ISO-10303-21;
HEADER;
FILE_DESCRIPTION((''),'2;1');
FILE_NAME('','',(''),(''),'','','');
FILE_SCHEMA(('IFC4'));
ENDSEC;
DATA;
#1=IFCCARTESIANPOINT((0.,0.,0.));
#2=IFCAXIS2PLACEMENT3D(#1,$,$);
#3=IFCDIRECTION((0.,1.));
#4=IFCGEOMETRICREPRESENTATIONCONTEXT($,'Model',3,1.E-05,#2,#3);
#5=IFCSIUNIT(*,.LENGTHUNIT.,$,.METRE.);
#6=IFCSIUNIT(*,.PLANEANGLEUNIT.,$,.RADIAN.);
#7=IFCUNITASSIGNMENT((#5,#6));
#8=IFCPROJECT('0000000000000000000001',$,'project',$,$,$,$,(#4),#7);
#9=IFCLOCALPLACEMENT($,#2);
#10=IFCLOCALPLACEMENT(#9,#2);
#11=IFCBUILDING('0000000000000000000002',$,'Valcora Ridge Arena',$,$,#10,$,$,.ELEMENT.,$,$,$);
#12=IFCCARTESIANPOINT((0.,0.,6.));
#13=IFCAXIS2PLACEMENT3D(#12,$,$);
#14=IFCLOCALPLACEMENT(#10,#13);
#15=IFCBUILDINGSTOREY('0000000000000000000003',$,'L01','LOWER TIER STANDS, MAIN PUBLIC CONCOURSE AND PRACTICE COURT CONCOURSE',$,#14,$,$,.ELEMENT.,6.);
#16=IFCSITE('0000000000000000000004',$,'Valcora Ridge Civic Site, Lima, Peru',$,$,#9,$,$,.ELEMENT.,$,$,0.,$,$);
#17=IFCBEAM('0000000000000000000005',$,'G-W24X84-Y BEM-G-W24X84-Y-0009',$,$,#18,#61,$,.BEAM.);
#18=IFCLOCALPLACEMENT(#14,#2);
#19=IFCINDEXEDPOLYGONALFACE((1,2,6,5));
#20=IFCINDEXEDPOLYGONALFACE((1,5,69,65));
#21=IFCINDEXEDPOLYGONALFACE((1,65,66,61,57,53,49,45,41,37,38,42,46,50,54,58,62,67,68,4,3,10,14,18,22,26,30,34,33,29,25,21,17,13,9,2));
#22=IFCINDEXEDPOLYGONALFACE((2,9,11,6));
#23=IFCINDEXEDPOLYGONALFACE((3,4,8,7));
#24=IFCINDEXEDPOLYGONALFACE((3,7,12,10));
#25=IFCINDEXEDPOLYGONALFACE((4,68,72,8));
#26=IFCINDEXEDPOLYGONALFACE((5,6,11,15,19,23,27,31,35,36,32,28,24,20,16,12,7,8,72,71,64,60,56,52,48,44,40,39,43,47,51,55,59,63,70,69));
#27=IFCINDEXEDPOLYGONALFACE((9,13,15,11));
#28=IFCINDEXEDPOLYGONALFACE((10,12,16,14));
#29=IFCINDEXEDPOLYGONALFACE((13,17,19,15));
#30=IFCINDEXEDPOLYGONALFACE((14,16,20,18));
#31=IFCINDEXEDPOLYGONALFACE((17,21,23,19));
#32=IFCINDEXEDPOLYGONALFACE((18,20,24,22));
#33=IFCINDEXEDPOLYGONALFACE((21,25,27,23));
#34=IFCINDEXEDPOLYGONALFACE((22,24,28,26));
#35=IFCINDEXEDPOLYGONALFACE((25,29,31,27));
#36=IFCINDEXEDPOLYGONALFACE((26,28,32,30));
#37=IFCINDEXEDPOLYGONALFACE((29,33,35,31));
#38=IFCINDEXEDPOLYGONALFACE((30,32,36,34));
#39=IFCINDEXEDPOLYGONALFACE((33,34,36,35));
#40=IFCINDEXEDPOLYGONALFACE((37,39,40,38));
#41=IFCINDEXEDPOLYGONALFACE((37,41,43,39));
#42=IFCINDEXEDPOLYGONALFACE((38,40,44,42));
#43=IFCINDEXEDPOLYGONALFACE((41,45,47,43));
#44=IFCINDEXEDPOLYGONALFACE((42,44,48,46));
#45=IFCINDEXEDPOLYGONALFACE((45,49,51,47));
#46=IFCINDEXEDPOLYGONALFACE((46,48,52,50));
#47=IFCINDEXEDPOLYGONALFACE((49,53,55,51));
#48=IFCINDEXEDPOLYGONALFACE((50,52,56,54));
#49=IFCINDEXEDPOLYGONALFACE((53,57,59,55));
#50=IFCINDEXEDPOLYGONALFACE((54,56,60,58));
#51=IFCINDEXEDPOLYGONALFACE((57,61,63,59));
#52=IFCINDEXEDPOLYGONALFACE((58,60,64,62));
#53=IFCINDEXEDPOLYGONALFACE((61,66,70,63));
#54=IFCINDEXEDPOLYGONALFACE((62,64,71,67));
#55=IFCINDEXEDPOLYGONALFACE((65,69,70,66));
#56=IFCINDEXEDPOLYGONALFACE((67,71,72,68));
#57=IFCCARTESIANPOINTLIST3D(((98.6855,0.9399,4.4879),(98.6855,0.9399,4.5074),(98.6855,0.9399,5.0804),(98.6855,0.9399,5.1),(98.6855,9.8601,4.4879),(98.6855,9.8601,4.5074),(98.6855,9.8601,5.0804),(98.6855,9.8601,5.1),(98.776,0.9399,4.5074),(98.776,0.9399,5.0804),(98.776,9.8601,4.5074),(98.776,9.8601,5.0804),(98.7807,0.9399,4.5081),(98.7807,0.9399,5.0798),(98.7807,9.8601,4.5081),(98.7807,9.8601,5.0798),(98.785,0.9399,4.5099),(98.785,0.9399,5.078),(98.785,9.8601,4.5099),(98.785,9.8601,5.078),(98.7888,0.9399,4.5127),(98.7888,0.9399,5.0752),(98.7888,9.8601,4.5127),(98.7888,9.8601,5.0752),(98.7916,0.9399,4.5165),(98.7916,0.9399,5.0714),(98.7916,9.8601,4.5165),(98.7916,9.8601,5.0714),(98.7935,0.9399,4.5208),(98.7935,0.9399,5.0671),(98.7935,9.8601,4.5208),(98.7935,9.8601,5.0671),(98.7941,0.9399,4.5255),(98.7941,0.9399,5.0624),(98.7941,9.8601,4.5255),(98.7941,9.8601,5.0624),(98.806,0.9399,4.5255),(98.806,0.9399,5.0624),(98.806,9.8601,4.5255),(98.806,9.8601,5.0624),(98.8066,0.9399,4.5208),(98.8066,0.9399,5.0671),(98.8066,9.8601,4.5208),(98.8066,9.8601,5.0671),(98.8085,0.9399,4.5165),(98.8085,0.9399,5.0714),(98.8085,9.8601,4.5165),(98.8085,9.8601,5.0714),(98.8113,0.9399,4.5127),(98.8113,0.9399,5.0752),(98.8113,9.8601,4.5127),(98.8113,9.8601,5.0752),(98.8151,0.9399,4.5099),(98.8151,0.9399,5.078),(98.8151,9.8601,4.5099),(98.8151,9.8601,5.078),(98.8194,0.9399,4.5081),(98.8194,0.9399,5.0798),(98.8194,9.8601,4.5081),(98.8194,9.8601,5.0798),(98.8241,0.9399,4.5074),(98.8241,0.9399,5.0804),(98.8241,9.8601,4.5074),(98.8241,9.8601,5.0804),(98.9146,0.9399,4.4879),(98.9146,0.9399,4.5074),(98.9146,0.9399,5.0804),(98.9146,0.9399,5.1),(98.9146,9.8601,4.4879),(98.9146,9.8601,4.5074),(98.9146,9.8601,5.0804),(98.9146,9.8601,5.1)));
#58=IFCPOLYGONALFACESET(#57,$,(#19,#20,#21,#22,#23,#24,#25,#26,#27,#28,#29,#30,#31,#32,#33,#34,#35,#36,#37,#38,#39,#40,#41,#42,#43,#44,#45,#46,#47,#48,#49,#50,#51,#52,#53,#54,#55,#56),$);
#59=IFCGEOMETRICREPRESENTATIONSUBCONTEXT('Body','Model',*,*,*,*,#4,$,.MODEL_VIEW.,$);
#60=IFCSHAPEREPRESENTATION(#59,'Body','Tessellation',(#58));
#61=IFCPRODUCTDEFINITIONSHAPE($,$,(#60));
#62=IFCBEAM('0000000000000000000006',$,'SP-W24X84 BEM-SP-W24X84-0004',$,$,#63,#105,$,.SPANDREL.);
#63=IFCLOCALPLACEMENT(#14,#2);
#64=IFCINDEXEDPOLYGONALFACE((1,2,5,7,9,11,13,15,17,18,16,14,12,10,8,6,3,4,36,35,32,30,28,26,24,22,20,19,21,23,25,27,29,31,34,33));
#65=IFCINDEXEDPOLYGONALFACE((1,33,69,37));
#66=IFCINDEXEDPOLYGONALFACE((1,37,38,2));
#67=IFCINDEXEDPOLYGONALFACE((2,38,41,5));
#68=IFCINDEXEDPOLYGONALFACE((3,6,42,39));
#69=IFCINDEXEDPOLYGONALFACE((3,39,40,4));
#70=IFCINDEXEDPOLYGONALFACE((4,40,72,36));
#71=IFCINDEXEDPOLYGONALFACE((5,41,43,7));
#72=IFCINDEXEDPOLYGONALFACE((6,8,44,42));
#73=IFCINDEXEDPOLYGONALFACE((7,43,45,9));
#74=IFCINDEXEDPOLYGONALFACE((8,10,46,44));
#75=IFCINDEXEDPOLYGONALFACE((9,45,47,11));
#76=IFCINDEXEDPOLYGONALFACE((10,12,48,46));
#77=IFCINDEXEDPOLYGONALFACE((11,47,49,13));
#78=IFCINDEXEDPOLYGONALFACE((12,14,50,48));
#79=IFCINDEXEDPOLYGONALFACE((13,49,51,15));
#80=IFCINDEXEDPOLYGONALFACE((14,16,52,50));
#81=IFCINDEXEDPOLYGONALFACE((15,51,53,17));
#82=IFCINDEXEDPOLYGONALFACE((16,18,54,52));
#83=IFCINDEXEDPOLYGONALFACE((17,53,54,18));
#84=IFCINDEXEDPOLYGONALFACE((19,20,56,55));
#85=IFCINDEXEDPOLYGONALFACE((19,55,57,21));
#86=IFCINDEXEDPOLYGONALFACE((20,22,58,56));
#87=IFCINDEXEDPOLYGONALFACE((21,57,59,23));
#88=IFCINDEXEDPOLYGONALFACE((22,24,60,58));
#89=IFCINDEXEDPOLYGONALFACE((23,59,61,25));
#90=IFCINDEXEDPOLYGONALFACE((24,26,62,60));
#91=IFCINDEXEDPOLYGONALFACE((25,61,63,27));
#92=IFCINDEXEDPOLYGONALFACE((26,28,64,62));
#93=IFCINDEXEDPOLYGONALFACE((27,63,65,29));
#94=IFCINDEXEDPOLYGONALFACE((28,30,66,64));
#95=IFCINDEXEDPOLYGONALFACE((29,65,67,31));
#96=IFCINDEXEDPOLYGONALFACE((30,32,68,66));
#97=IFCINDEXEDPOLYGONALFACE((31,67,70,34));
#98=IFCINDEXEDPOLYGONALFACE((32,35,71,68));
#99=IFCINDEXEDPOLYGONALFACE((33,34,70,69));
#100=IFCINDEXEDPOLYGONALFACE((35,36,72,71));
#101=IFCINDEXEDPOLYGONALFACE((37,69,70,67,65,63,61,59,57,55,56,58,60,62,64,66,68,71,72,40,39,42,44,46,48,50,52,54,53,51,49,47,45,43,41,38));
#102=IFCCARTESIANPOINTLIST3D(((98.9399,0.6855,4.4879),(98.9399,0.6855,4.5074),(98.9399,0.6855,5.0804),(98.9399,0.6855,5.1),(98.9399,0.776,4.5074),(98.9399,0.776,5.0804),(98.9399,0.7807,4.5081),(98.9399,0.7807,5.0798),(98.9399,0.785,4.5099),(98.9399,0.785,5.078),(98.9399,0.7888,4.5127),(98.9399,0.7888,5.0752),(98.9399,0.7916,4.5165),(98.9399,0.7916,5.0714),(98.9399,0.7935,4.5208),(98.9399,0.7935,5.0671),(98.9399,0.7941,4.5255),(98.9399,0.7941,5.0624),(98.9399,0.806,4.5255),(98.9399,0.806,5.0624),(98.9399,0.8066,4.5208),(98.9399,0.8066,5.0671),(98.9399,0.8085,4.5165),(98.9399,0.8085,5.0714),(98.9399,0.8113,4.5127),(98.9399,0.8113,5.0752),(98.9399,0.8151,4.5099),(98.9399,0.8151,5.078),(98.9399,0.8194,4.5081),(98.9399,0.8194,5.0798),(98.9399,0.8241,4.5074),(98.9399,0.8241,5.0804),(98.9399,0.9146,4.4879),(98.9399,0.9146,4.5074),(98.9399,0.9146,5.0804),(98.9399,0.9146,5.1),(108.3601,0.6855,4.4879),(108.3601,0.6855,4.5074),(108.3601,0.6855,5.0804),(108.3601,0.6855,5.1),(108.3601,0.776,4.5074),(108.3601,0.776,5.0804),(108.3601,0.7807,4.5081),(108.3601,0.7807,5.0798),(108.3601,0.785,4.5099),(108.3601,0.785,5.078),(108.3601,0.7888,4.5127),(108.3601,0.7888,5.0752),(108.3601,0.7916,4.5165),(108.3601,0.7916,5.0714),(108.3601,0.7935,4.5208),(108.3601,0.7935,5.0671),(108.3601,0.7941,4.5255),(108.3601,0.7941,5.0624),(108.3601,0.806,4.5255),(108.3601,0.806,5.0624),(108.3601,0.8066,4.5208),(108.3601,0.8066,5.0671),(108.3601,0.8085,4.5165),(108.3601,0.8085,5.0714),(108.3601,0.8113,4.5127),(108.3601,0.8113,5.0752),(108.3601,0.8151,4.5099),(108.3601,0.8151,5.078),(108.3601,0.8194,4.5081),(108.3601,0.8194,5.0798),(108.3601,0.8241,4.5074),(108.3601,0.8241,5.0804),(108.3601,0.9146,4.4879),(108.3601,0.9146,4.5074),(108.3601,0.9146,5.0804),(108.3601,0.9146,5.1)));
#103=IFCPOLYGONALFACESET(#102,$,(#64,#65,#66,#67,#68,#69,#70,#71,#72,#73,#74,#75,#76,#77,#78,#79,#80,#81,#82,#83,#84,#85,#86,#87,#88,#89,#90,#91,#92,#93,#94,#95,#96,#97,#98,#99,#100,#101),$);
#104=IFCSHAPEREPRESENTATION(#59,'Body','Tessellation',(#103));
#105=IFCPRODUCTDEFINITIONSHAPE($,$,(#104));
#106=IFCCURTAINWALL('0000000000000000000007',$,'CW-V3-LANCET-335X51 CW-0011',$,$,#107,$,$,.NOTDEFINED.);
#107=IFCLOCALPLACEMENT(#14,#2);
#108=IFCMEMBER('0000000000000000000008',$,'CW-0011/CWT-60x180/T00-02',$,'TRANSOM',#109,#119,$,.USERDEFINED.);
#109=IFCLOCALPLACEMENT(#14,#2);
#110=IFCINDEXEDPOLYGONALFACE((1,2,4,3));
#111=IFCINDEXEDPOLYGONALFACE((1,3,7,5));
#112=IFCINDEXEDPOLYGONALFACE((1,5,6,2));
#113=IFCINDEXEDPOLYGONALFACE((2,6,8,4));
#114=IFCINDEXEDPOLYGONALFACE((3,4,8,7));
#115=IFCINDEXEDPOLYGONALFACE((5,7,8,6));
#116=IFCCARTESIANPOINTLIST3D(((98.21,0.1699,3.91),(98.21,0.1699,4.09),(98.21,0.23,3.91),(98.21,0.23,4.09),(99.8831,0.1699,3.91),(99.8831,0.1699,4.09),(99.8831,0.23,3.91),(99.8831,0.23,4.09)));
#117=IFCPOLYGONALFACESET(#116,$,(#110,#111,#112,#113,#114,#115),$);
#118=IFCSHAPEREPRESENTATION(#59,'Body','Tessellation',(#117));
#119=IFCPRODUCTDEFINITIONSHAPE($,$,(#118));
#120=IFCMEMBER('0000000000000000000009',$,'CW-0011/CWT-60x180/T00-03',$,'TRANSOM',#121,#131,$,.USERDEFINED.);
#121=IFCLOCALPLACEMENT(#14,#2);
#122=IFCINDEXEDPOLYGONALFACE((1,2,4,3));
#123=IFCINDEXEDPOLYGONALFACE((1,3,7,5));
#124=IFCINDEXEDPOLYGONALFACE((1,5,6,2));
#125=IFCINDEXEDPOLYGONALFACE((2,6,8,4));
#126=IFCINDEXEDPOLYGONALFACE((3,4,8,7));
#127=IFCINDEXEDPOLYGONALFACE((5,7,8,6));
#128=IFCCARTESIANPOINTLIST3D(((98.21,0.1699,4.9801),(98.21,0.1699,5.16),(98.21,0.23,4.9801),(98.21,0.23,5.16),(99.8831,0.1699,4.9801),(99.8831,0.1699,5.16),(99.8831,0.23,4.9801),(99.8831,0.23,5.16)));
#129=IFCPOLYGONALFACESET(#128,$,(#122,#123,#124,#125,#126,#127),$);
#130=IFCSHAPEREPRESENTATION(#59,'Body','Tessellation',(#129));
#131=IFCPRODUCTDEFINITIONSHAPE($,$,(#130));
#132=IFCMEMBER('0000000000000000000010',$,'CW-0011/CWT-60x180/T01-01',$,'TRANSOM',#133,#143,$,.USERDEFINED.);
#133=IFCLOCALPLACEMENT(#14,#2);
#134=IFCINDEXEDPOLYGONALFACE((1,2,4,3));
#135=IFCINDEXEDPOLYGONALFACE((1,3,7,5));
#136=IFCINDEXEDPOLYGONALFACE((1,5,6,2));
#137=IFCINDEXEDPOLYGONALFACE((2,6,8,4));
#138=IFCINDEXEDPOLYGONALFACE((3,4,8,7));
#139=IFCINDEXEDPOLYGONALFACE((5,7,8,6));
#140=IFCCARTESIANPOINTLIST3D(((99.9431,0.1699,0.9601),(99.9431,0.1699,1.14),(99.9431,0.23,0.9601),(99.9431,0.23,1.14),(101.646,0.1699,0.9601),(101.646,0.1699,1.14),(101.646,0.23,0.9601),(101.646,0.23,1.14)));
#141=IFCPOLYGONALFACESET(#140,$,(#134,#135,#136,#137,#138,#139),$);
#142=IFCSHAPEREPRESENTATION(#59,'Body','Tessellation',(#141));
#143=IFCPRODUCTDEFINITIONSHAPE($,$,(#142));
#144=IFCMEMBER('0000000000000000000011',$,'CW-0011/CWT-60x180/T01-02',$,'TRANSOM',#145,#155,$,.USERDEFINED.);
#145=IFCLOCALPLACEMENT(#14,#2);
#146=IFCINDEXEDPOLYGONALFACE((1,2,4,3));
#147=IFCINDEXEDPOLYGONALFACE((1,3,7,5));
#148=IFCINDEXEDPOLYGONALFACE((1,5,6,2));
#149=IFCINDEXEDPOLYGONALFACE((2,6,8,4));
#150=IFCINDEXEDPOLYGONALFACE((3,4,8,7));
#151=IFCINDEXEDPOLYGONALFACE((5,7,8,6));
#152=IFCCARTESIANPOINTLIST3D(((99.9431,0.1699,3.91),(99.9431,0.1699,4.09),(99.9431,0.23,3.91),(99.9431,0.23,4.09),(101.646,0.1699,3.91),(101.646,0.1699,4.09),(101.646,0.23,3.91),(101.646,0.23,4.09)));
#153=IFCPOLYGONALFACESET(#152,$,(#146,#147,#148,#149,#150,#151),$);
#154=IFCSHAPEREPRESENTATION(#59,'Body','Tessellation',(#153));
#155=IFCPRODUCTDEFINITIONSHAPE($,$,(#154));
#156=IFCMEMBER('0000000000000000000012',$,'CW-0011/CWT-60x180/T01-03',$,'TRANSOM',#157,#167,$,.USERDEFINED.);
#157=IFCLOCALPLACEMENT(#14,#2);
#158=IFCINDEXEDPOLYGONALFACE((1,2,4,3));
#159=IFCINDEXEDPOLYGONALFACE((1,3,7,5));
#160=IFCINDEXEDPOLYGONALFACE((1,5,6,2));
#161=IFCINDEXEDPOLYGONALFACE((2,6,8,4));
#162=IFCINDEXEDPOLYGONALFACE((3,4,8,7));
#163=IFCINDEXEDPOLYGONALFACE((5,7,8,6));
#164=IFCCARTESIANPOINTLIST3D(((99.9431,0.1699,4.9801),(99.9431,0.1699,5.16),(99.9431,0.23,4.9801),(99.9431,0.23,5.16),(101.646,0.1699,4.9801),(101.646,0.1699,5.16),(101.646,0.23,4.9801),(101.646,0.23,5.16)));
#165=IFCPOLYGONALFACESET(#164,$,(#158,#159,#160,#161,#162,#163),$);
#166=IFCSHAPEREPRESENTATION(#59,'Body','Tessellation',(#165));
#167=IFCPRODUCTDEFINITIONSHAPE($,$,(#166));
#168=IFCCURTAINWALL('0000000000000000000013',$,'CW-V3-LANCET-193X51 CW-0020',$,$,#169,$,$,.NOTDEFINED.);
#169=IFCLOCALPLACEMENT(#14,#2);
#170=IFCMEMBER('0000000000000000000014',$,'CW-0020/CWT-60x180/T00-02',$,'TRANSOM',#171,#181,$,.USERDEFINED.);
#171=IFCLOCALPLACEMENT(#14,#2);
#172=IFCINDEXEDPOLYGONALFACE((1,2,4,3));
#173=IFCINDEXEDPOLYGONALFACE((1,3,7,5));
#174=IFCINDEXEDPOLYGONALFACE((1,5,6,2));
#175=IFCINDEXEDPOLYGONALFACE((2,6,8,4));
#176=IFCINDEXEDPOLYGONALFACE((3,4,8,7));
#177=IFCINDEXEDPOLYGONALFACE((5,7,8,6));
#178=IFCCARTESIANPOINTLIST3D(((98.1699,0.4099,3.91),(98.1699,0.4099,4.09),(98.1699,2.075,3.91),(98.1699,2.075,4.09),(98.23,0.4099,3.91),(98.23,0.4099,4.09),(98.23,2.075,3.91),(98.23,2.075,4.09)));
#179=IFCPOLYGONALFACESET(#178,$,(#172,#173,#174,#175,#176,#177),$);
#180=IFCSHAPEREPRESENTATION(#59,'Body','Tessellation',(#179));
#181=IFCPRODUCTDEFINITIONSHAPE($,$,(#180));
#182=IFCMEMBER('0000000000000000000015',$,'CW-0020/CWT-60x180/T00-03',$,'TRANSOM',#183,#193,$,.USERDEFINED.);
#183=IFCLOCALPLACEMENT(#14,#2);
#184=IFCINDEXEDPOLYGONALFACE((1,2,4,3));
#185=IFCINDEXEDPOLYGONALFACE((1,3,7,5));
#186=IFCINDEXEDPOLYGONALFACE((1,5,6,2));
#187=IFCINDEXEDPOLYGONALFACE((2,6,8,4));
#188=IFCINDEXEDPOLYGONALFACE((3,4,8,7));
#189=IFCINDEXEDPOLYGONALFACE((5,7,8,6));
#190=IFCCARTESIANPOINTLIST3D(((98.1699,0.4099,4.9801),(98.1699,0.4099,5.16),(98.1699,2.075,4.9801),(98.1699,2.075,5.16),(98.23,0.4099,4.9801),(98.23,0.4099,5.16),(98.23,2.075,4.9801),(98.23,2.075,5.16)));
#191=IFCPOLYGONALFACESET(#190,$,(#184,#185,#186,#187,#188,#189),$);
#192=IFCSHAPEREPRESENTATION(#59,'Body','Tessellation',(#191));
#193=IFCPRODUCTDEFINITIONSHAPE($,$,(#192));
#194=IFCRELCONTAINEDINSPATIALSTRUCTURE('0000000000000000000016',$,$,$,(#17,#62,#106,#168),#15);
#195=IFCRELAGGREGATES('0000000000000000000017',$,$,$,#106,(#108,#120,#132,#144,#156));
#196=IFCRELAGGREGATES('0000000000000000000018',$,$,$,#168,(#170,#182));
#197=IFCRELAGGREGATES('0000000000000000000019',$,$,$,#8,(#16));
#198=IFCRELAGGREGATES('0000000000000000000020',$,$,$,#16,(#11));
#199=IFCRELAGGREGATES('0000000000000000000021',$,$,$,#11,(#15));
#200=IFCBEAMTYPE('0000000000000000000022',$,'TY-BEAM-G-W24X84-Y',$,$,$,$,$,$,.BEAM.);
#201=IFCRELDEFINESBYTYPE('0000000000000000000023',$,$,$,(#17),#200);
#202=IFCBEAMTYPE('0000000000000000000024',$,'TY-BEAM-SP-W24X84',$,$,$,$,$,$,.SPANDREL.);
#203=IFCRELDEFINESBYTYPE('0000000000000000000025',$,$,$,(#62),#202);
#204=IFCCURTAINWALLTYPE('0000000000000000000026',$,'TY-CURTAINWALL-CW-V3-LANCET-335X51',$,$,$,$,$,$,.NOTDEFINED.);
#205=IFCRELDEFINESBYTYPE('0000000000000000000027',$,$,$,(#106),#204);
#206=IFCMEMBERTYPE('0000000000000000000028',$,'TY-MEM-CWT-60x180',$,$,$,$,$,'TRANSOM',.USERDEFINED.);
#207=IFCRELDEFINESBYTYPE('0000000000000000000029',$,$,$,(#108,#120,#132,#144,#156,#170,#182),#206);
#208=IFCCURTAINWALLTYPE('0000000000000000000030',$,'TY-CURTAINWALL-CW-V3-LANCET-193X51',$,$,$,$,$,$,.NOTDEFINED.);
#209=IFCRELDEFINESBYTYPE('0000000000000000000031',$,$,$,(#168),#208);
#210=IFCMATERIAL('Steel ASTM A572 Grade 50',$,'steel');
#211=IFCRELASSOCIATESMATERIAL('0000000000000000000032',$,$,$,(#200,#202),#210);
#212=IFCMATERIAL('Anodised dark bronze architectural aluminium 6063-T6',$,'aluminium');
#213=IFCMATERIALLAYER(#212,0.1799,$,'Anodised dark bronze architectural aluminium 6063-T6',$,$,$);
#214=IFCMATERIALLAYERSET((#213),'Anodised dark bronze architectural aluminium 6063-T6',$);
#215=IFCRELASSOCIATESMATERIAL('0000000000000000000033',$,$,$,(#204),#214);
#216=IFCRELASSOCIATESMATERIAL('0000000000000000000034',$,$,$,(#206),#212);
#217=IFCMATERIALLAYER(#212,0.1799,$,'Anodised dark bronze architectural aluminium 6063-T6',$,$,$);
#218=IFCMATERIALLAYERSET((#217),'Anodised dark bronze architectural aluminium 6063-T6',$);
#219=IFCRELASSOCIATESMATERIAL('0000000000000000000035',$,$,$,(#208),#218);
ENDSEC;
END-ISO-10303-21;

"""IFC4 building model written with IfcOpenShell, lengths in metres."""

from ifc_helpers import new_model, si_unit, direction, frame, origin, origin_2d, place, context, subcontext, project, spatial, rectangle, i_section, extrude, material, layer, layer_set, material_profile, profile_set, type_object, element, aggregate, save


model = new_model("IFC4")

# Units and contexts
model_context = context("Model", 3, precision=1e-05, world=origin(), true_north=direction((0.0, 1.0)))
body_context = subcontext(model_context, "Body", "Model", "MODEL_VIEW")
ifc_project = project(units=[si_unit("LENGTHUNIT", "METRE"), si_unit("PLANEANGLEUNIT", "RADIAN")], contexts=[model_context])

# Site, building, storey
site_placement = place(None, origin())
site = spatial("IfcSite", under=ifc_project, at=site_placement, Name="Valcora Ridge Civic Site, Lima, Peru", CompositionType="ELEMENT", RefElevation=0.0)
building_placement = place(site_placement, origin())
building = spatial("IfcBuilding", under=site, at=building_placement, Name="Valcora Ridge Arena", CompositionType="ELEMENT")
storey_placement = place(building_placement, frame((0.0, 0.0, 6.0)))
storey = spatial("IfcBuildingStorey", under=building, at=storey_placement, Name="L01", Description="LOWER TIER STANDS, MAIN PUBLIC CONCOURSE AND PRACTICE COURT CONCOURSE", CompositionType="ELEMENT", Elevation=6.0)

# Beams
ifc_material_1 = material(Name="Steel ASTM A572 Grade 50", Category="steel")
ifc_material_profile_1 = material_profile(ifc_material_1, i_section(OverallWidth=0.229, OverallDepth=0.6121, WebThickness=0.012, FlangeThickness=0.0195, FilletRadius=0.0181, at=origin_2d()), Name="W24X84")
ifc_profile_set_1 = profile_set([ifc_material_profile_1], Name="Steel ASTM A572 Grade 50")
beam_type_1 = type_object("IfcBeamType", Name="TY-BEAM-G-W24X84-Y", PredefinedType="BEAM", material=ifc_profile_set_1)
beam_1_placement = place(storey_placement, frame((98.8, 0.9399, 4.7939), z_axis=(0.0, 1.0, 0.0), x_axis=(-1.0, 0.0, 0.0)))
element("IfcBeam", 1, at=beam_1_placement, inside=storey, type_object=beam_type_1, Name="G-W24X84-Y BEM-G-W24X84-Y-0009", PredefinedType="BEAM", context=body_context, shape_type="SweptSolid", body=[
    extrude(i_section(OverallWidth=0.229, OverallDepth=0.6121, WebThickness=0.012, FlangeThickness=0.0195, FilletRadius=0.0181, at=origin_2d()), origin(), (0.0, 0.0, 1.0), 8.9202),
])
ifc_material_profile_2 = material_profile(ifc_material_1, i_section(OverallWidth=0.229, OverallDepth=0.6121, WebThickness=0.012, FlangeThickness=0.0195, FilletRadius=0.0181, at=origin_2d()), Name="W24X84")
ifc_profile_set_2 = profile_set([ifc_material_profile_2], Name="Steel ASTM A572 Grade 50")
beam_type_2 = type_object("IfcBeamType", Name="TY-BEAM-SP-W24X84", PredefinedType="SPANDREL", material=ifc_profile_set_2)
beam_2_placement = place(storey_placement, frame((98.9399, 0.8, 4.7939), z_axis=(1.0, 0.0, 0.0), x_axis=(0.0, 1.0, 0.0)))
element("IfcBeam", 2, at=beam_2_placement, inside=storey, type_object=beam_type_2, Name="SP-W24X84 BEM-SP-W24X84-0004", PredefinedType="SPANDREL", context=body_context, shape_type="SweptSolid", body=[
    extrude(i_section(OverallWidth=0.229, OverallDepth=0.6121, WebThickness=0.012, FlangeThickness=0.0195, FilletRadius=0.0181, at=origin_2d()), origin(), (0.0, 0.0, 1.0), 9.4202),
])

# Curtain wall, members
ifc_material_2 = material(Name="Anodised dark bronze architectural aluminium 6063-T6", Category="aluminium")
ifc_layer_1 = layer(ifc_material_2, 0.1799, Name="Anodised dark bronze architectural aluminium 6063-T6")
ifc_layer_set_1 = layer_set([ifc_layer_1], Name="Anodised dark bronze architectural aluminium 6063-T6")
curtain_wall_type_1 = type_object("IfcCurtainWallType", Name="TY-CURTAINWALL-CW-V3-LANCET-335X51", PredefinedType="NOTDEFINED", material=ifc_layer_set_1)
curtain_wall_1_placement = place(storey_placement, origin())
curtain_wall_1 = element("IfcCurtainWall", 3, at=curtain_wall_1_placement, inside=storey, type_object=curtain_wall_type_1, Name="CW-V3-LANCET-335X51 CW-0011", PredefinedType="NOTDEFINED")
ifc_material_profile_3 = material_profile(ifc_material_2, rectangle(XDim=0.0601, YDim=0.1799, at=origin_2d()), Name="ALU TRANSOM 60x180")
ifc_profile_set_3 = profile_set([ifc_material_profile_3], Name="Anodised dark bronze architectural aluminium 6063-T6")
member_type = type_object("IfcMemberType", Name="TY-MEM-CWT-60x180", ElementType="TRANSOM", PredefinedType="USERDEFINED", material=ifc_profile_set_3)
member_1_placement = place(storey_placement, frame((98.21, 0.2, 4.0), z_axis=(1.0, 0.0, 0.0), x_axis=(0.0, 1.0, 0.0)))
member_1 = element("IfcMember", 4, at=member_1_placement, type_object=member_type, Name="CW-0011/CWT-60x180/T00-02", ObjectType="TRANSOM", PredefinedType="USERDEFINED", context=body_context, shape_type="SweptSolid", body=[
    extrude(rectangle(XDim=0.0601, YDim=0.1799, at=origin_2d()), origin(), (0.0, 0.0, 1.0), 1.6731),
])
member_2_placement = place(storey_placement, frame((98.21, 0.2, 5.0701), z_axis=(1.0, 0.0, 0.0), x_axis=(0.0, 1.0, 0.0)))
member_2 = element("IfcMember", 5, at=member_2_placement, type_object=member_type, Name="CW-0011/CWT-60x180/T00-03", ObjectType="TRANSOM", PredefinedType="USERDEFINED", context=body_context, shape_type="SweptSolid", body=[
    extrude(rectangle(XDim=0.0601, YDim=0.1799, at=origin_2d()), origin(), (0.0, 0.0, 1.0), 1.6731),
])
member_3_placement = place(storey_placement, frame((99.9431, 0.2, 1.05), z_axis=(1.0, 0.0, 0.0), x_axis=(0.0, 1.0, 0.0)))
member_3 = element("IfcMember", 6, at=member_3_placement, type_object=member_type, Name="CW-0011/CWT-60x180/T01-01", ObjectType="TRANSOM", PredefinedType="USERDEFINED", context=body_context, shape_type="SweptSolid", body=[
    extrude(rectangle(XDim=0.0601, YDim=0.1799, at=origin_2d()), origin(), (0.0, 0.0, 1.0), 1.7029),
])
member_4_placement = place(storey_placement, frame((99.9431, 0.2, 4.0), z_axis=(1.0, 0.0, 0.0), x_axis=(0.0, 1.0, 0.0)))
member_4 = element("IfcMember", 7, at=member_4_placement, type_object=member_type, Name="CW-0011/CWT-60x180/T01-02", ObjectType="TRANSOM", PredefinedType="USERDEFINED", context=body_context, shape_type="SweptSolid", body=[
    extrude(rectangle(XDim=0.0601, YDim=0.1799, at=origin_2d()), origin(), (0.0, 0.0, 1.0), 1.7029),
])
member_5_placement = place(storey_placement, frame((99.9431, 0.2, 5.0701), z_axis=(1.0, 0.0, 0.0), x_axis=(0.0, 1.0, 0.0)))
member_5 = element("IfcMember", 8, at=member_5_placement, type_object=member_type, Name="CW-0011/CWT-60x180/T01-03", ObjectType="TRANSOM", PredefinedType="USERDEFINED", context=body_context, shape_type="SweptSolid", body=[
    extrude(rectangle(XDim=0.0601, YDim=0.1799, at=origin_2d()), origin(), (0.0, 0.0, 1.0), 1.7029),
])

# Curtain wall, members
ifc_layer_2 = layer(ifc_material_2, 0.1799, Name="Anodised dark bronze architectural aluminium 6063-T6")
ifc_layer_set_2 = layer_set([ifc_layer_2], Name="Anodised dark bronze architectural aluminium 6063-T6")
curtain_wall_type_2 = type_object("IfcCurtainWallType", Name="TY-CURTAINWALL-CW-V3-LANCET-193X51", PredefinedType="NOTDEFINED", material=ifc_layer_set_2)
curtain_wall_2_placement = place(storey_placement, origin())
curtain_wall_2 = element("IfcCurtainWall", 9, at=curtain_wall_2_placement, inside=storey, type_object=curtain_wall_type_2, Name="CW-V3-LANCET-193X51 CW-0020", PredefinedType="NOTDEFINED")
member_6_placement = place(storey_placement, frame((98.2, 0.4099, 4.0), z_axis=(0.0, 1.0, 0.0), x_axis=(-1.0, 0.0, 0.0)))
member_6 = element("IfcMember", 10, at=member_6_placement, type_object=member_type, Name="CW-0020/CWT-60x180/T00-02", ObjectType="TRANSOM", PredefinedType="USERDEFINED", context=body_context, shape_type="SweptSolid", body=[
    extrude(rectangle(XDim=0.0601, YDim=0.1799, at=origin_2d()), origin(), (0.0, 0.0, 1.0), 1.665),
])
member_7_placement = place(storey_placement, frame((98.2, 0.4099, 5.0701), z_axis=(0.0, 1.0, 0.0), x_axis=(-1.0, 0.0, 0.0)))
member_7 = element("IfcMember", 11, at=member_7_placement, type_object=member_type, Name="CW-0020/CWT-60x180/T00-03", ObjectType="TRANSOM", PredefinedType="USERDEFINED", context=body_context, shape_type="SweptSolid", body=[
    extrude(rectangle(XDim=0.0601, YDim=0.1799, at=origin_2d()), origin(), (0.0, 0.0, 1.0), 1.665),
])

aggregate(curtain_wall_1, [member_1, member_2, member_3, member_4, member_5])
aggregate(curtain_wall_2, [member_6, member_7])

save(model, "model.ifc")
